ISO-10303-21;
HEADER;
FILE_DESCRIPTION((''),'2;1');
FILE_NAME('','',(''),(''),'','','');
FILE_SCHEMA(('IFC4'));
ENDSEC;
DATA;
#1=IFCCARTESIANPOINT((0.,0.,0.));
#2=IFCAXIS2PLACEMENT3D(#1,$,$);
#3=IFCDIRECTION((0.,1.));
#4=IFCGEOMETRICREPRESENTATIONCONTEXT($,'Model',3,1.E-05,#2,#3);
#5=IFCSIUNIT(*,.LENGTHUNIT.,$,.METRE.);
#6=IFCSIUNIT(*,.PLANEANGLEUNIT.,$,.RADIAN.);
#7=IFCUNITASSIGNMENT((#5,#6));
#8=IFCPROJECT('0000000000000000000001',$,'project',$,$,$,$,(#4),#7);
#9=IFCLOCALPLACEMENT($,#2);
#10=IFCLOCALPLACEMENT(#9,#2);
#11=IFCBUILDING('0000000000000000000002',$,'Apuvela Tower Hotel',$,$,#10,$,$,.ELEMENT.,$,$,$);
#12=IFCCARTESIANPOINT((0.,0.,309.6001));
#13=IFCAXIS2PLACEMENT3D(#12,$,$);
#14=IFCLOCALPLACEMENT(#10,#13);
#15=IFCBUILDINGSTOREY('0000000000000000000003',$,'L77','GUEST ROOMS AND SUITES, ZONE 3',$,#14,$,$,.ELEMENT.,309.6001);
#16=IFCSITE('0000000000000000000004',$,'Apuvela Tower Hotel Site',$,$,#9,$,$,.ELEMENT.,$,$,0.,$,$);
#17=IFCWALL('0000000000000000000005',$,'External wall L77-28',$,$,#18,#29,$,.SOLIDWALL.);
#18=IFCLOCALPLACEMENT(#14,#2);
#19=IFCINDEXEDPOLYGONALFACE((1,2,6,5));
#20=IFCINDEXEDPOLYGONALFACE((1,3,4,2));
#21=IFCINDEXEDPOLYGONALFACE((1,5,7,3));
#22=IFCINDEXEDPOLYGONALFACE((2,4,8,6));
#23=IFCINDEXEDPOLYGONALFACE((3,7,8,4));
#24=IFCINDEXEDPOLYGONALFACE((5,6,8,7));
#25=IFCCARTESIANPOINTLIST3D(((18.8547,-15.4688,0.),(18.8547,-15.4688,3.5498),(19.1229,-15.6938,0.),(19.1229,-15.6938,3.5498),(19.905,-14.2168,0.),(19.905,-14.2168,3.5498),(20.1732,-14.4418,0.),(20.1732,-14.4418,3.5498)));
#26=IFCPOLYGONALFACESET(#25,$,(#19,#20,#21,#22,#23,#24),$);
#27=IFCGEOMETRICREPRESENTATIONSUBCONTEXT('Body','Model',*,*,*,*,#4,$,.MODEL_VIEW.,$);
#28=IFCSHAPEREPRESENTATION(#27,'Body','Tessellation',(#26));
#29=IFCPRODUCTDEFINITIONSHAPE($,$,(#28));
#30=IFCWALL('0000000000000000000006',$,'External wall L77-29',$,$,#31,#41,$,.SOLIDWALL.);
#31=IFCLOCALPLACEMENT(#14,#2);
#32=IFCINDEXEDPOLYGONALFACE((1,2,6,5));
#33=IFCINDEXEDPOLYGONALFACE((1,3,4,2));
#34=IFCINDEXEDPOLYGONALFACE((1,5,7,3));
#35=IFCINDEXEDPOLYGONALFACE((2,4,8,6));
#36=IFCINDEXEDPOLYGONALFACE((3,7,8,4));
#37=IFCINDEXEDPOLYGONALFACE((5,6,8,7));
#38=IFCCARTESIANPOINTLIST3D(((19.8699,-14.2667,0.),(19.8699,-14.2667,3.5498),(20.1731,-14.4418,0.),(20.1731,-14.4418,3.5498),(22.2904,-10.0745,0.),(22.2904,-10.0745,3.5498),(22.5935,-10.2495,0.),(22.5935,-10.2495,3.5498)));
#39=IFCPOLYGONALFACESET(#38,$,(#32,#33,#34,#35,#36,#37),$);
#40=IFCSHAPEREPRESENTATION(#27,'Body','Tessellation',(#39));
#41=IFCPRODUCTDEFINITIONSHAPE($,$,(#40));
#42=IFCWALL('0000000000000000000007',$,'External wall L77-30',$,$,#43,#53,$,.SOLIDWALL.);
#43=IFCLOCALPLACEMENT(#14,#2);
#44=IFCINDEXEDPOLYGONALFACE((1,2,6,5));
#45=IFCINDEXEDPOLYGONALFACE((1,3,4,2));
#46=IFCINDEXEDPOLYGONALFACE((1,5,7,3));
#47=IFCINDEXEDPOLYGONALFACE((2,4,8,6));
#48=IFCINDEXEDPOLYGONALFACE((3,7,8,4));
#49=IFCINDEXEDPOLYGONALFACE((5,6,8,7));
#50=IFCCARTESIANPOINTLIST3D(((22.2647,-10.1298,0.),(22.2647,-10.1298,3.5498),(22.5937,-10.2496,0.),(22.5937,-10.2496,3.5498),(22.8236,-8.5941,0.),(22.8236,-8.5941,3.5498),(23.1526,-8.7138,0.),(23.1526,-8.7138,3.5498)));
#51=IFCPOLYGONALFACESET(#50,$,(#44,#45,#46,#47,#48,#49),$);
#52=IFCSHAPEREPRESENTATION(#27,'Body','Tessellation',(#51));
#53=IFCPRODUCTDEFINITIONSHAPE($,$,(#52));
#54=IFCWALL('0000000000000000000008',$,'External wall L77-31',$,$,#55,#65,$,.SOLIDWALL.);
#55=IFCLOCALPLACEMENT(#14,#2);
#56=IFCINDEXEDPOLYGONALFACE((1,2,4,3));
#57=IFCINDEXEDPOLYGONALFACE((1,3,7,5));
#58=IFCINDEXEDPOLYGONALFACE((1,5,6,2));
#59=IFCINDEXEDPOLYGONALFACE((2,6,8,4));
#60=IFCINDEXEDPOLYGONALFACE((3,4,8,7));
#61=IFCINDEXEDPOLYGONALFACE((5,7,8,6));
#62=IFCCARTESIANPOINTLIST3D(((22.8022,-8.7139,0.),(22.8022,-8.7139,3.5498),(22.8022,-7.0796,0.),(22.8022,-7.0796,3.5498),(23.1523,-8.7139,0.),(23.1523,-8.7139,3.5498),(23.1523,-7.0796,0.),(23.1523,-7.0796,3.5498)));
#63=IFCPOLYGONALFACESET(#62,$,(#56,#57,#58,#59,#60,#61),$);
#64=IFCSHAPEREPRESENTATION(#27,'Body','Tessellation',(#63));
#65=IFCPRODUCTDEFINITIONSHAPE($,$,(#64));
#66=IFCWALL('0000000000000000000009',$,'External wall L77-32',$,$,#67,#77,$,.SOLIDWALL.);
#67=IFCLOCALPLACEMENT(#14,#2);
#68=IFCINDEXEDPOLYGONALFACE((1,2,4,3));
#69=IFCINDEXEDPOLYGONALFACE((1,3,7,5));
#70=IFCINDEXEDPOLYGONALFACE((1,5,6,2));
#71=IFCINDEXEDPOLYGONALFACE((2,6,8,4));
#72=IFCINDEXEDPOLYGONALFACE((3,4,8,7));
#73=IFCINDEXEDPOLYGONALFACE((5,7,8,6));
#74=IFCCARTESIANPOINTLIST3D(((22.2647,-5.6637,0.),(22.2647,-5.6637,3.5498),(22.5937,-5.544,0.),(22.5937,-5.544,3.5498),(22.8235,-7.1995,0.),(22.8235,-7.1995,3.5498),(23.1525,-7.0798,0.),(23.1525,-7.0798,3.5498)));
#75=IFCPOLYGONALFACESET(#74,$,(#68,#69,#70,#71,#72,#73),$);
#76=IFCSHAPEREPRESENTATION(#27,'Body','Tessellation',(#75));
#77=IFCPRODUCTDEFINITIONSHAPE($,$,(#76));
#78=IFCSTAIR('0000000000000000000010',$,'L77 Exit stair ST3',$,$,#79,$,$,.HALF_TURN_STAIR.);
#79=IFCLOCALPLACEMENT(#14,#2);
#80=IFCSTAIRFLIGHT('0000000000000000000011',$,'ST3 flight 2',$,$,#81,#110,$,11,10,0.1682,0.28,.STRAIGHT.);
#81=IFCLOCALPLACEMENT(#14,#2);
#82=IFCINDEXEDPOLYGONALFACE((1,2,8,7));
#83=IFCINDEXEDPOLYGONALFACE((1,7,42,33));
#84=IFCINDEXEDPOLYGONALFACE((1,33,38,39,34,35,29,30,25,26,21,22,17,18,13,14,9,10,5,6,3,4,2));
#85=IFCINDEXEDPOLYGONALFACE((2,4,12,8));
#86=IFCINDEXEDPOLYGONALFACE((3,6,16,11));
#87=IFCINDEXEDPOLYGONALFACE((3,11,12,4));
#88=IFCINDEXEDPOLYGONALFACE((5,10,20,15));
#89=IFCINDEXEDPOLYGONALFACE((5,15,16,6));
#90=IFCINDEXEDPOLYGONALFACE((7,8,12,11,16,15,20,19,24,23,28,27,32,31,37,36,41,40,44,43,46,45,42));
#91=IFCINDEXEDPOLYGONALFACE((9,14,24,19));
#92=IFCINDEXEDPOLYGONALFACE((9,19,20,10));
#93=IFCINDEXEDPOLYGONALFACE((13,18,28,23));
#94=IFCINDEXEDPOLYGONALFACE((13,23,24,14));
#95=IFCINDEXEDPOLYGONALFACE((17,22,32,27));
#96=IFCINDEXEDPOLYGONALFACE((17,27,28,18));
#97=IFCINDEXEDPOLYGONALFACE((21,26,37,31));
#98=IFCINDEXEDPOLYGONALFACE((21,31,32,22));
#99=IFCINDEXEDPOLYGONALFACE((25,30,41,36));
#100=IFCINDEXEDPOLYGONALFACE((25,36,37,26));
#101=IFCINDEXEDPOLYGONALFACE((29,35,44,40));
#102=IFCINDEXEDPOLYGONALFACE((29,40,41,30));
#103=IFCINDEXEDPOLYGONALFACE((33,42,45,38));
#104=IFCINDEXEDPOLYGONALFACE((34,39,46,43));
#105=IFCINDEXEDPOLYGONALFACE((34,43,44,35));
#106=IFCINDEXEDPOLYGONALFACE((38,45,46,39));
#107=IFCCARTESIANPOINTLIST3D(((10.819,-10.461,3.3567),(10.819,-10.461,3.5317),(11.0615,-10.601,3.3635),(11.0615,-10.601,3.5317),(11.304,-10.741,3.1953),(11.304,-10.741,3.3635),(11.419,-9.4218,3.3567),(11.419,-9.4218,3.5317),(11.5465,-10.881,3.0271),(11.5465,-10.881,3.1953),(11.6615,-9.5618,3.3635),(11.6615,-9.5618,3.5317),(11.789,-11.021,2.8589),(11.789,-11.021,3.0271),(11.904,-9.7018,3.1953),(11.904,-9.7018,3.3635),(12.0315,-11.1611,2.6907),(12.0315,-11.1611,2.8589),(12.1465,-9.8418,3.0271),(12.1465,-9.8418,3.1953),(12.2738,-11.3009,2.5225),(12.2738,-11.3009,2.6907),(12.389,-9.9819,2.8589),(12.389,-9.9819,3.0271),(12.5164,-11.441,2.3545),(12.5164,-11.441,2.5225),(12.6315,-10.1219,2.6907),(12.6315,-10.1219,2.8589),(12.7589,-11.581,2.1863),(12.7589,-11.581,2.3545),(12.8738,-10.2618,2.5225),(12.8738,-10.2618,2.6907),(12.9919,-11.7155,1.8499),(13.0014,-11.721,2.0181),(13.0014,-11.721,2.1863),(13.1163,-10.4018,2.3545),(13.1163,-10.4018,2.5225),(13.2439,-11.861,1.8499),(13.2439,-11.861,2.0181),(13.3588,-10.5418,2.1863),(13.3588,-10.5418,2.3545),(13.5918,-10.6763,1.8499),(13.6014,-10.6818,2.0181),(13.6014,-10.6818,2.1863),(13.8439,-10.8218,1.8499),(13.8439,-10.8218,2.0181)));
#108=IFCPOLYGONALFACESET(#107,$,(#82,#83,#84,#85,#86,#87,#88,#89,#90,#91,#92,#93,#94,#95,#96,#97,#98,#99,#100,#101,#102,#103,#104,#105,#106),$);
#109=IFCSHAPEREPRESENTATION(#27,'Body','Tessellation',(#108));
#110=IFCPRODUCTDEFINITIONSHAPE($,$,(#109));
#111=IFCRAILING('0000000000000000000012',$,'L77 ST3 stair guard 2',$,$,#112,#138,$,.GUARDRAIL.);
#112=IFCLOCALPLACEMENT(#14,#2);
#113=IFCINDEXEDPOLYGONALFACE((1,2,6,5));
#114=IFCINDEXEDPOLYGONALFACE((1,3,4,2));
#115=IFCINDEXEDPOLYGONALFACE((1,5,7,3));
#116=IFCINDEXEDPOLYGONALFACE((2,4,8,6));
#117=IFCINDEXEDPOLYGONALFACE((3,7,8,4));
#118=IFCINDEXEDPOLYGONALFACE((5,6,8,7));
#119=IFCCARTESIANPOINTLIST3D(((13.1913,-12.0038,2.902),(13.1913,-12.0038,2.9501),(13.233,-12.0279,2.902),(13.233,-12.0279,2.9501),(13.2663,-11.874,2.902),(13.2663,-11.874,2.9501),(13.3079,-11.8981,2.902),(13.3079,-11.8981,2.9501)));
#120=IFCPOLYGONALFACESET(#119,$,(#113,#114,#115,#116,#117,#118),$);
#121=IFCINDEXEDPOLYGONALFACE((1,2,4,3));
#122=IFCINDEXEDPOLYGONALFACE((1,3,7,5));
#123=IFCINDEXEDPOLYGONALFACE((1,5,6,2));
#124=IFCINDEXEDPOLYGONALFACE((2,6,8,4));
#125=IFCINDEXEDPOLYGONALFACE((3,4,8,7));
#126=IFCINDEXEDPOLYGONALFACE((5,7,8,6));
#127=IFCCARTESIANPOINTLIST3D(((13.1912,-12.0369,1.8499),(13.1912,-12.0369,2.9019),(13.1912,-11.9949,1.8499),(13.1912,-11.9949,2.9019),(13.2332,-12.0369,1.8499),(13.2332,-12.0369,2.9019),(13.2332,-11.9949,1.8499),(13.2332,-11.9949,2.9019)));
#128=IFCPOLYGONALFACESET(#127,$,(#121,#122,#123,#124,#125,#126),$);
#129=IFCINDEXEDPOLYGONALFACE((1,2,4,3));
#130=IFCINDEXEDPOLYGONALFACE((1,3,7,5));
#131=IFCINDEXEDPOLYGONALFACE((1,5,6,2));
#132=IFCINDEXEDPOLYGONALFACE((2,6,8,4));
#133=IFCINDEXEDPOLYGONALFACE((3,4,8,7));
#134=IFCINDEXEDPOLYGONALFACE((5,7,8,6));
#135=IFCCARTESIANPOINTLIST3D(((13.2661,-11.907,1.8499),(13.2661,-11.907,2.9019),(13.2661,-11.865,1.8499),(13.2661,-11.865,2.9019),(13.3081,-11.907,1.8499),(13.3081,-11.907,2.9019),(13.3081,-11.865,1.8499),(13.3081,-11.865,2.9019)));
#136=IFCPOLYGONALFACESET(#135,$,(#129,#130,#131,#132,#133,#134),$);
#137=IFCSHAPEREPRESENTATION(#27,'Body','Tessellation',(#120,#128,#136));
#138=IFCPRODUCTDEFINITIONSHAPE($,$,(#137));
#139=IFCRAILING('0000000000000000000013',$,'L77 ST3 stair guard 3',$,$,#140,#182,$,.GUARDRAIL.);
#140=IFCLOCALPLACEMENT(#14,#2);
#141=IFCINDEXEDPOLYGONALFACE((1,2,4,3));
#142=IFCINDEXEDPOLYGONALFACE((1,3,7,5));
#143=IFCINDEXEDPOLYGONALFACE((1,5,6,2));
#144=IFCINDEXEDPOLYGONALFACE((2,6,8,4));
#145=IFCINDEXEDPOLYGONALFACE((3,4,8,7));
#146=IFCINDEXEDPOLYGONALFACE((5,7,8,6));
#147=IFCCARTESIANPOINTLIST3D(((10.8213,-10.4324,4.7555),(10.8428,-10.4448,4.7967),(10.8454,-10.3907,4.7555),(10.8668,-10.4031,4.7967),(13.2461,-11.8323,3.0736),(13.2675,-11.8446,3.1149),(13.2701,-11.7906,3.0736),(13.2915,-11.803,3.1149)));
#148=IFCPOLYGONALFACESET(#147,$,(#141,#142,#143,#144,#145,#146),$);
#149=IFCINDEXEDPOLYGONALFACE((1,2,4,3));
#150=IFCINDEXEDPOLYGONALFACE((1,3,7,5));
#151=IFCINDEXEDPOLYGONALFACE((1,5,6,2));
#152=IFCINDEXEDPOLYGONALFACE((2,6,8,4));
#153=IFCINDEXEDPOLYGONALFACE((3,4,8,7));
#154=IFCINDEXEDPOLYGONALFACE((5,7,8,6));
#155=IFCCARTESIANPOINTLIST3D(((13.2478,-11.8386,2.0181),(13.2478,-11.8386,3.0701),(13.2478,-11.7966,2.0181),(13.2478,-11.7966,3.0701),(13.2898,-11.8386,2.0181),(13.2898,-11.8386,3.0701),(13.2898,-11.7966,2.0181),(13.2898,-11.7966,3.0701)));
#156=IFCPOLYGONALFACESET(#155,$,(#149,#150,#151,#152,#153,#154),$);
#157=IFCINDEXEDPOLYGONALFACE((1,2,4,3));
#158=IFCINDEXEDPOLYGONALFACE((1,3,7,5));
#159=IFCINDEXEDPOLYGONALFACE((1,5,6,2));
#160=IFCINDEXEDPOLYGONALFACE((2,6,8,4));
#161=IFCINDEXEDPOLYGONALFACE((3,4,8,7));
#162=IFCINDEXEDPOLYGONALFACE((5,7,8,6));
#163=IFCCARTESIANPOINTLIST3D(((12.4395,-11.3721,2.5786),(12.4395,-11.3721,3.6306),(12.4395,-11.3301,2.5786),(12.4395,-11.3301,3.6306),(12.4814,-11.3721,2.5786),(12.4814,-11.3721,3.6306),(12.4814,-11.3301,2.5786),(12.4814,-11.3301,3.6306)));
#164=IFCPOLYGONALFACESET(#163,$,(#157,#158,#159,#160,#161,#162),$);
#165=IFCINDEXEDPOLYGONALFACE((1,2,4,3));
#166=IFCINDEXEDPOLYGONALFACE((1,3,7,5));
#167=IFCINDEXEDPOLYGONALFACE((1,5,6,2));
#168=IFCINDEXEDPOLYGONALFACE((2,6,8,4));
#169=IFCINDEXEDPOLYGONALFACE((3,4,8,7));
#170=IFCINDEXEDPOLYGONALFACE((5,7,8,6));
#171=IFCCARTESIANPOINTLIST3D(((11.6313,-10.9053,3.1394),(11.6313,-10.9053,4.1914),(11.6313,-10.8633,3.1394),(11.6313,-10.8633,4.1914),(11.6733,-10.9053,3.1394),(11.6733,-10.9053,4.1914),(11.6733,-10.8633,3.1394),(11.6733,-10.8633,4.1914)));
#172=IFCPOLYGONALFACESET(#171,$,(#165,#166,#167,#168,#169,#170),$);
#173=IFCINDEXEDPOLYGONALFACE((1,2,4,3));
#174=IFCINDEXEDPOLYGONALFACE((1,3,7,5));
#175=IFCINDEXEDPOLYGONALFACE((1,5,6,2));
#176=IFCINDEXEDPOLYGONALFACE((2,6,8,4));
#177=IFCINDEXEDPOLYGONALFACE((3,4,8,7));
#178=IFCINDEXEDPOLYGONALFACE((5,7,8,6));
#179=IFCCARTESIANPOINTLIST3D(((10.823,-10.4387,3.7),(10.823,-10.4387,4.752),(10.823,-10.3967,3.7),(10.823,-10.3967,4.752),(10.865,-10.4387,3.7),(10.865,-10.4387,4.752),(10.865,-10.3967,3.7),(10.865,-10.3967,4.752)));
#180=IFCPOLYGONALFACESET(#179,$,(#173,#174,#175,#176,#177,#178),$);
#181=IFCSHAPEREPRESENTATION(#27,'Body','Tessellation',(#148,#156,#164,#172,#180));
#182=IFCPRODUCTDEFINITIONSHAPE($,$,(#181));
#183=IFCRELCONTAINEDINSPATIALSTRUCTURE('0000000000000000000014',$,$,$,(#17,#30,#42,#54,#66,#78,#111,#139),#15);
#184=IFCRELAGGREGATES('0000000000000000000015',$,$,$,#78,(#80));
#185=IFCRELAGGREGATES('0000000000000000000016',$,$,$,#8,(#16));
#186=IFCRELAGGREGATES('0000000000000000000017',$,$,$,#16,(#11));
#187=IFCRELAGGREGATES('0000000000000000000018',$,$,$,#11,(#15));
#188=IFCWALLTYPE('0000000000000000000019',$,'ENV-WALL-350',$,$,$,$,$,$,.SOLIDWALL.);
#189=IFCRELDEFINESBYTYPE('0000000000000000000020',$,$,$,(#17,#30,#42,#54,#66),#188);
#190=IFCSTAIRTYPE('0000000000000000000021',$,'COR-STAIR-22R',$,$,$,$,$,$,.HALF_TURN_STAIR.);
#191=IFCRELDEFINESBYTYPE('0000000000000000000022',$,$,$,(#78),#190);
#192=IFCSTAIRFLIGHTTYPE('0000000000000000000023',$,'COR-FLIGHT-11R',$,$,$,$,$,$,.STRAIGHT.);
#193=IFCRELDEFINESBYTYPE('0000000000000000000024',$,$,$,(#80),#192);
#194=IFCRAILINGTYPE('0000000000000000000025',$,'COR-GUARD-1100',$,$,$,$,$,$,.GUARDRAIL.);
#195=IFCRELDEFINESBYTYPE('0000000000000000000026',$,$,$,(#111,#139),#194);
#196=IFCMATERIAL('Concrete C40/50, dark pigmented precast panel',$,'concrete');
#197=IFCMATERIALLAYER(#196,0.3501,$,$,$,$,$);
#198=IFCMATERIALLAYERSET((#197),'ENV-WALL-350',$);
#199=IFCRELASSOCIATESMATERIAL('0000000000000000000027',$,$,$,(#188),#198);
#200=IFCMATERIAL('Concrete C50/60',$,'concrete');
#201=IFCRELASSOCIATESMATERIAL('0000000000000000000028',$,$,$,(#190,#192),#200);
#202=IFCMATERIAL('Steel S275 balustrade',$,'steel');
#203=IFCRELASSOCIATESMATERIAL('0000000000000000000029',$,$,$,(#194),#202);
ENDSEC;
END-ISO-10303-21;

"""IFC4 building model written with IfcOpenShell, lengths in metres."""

from ifc_helpers import new_model, si_unit, direction, frame, frame_2d, origin, origin_2d, place, context, subcontext, project, spatial, polyline, rectangle, outline, extrude, material, layer, layer_set, type_object, element, aggregate, save


model = new_model("IFC4")

# Units and contexts
model_context = context("Model", 3, precision=1e-05, world=origin(), true_north=direction((0.0, 1.0)))
body_context = subcontext(model_context, "Body", "Model", "MODEL_VIEW")
ifc_project = project(units=[si_unit("LENGTHUNIT", "METRE"), si_unit("PLANEANGLEUNIT", "RADIAN")], contexts=[model_context])

# Site, building, storey
site_placement = place(None, origin())
site = spatial("IfcSite", under=ifc_project, at=site_placement, Name="Apuvela Tower Hotel Site", CompositionType="ELEMENT", RefElevation=0.0)
building_placement = place(site_placement, origin())
building = spatial("IfcBuilding", under=site, at=building_placement, Name="Apuvela Tower Hotel", CompositionType="ELEMENT")
storey_placement = place(building_placement, frame((0.0, 0.0, 309.6001)))
storey = spatial("IfcBuildingStorey", under=building, at=storey_placement, Name="L77", Description="GUEST ROOMS AND SUITES, ZONE 3", CompositionType="ELEMENT", Elevation=309.6001)

# Shared definitions
ifc_material_1 = material(Name="Concrete C50/60", Category="concrete")

# Walls
ifc_material_2 = material(Name="Concrete C40/50, dark pigmented precast panel", Category="concrete")
ifc_layer_1 = layer(ifc_material_2, 0.3501)
ifc_layer_set_1 = layer_set([ifc_layer_1], Name="ENV-WALL-350")
wall_type_1 = type_object("IfcWallType", Name="ENV-WALL-350", PredefinedType="SOLIDWALL", material=ifc_layer_set_1)
wall_1_placement = place(storey_placement, frame((18.9888, -15.5813, 0.0), z_axis=(0.0, 0.0, 1.0), x_axis=(0.642708, 0.766111, 0.0)))
element("IfcWall", 1, at=wall_1_placement, inside=storey, type_object=wall_type_1, Name="External wall L77-28", PredefinedType="SOLIDWALL", context=body_context, shape_type="SweptSolid", body=[
    extrude(rectangle(XDim=1.6343, YDim=0.3501, at=frame_2d((0.8171, 0.0))), origin(), (0.0, 0.0, 1.0), 3.5498),
])
wall_2_placement = place(storey_placement, frame((20.0215, -14.3542, 0.0), z_axis=(0.0, 0.0, 1.0), x_axis=(0.500012, 0.866018, 0.0)))
element("IfcWall", 2, at=wall_2_placement, inside=storey, type_object=wall_type_1, Name="External wall L77-29", PredefinedType="SOLIDWALL", context=body_context, shape_type="SweptSolid", body=[
    extrude(rectangle(XDim=4.8408, YDim=0.3501, at=frame_2d((2.4204, 0.0))), origin(), (0.0, 0.0, 1.0), 3.5498),
])
for number, where, z_axis, x_axis, name in (
    (3, (22.4292, -10.1897, 0.0), (0.0, 0.0, 1.0), (0.341971, 0.939711, 0.0), "External wall L77-30"),
    (4, (22.9773, -8.7139, 0.0), (0.0, 0.0, 1.0), (0.0, 1.0, 0.0), "External wall L77-31"),
    (5, (22.988, -7.1396, 0.0), (0.0, 0.0, 1.0), (-0.341923, 0.939728, 0.0), "External wall L77-32"),
):
    element("IfcWall", number, at=place(storey_placement, frame(where, z_axis=z_axis, x_axis=x_axis)), inside=storey, type_object=wall_type_1, Name=name, PredefinedType="SOLIDWALL", context=body_context, shape_type="SweptSolid", body=[
        extrude(rectangle(XDim=1.6343, YDim=0.3501, at=frame_2d((0.8171, 0.0))), origin(), (0.0, 0.0, 1.0), 3.5498),
    ])

# Stair, stair flight
stair_type = type_object("IfcStairType", Name="COR-STAIR-22R", PredefinedType="HALF_TURN_STAIR", material=ifc_material_1)
stair_placement = place(storey_placement, origin())
stair = element("IfcStair", 6, at=stair_placement, inside=storey, type_object=stair_type, Name="L77 Exit stair ST3", PredefinedType="HALF_TURN_STAIR")
stair_flight_type = type_object("IfcStairFlightType", Name="COR-FLIGHT-11R", PredefinedType="STRAIGHT", material=ifc_material_1)
stair_flight_placement = place(storey_placement, frame((13.5439, -11.3413, 1.8499), z_axis=(0.0, 0.0, 1.0), x_axis=(-0.866025, 0.5, 0.0)))
stair_flight = element("IfcStairFlight", 7, at=stair_flight_placement, type_object=stair_flight_type, Name="ST3 flight 2", NumberOfRisers=11, NumberOfTreads=10, PredefinedType="STRAIGHT", RiserHeight=0.1682, TreadLength=0.28, context=body_context, shape_type="SweptSolid", body=[
    extrude(outline(polyline([(0.0, 0.0), (0.0, 0.1682), (0.28, 0.1682), (0.28, 0.3364), (0.5601, 0.3364), (0.5601, 0.5046), (0.8401, 0.5046), (0.8401, 0.6726), (1.1201, 0.6726), (1.1201, 0.8408), (1.3999, 0.8408), (1.3999, 1.009), (1.6799, 1.009), (1.6799, 1.1772), (1.96, 1.1772), (1.96, 1.3455), (2.24, 1.3455), (2.24, 1.5137), (2.52, 1.5137), (2.52, 1.6819), (2.8, 1.6819), (2.8, 1.8501), (2.8, 1.5068), (0.291, 0.0), (0.0, 0.0)])), frame((0.0, 0.6001, 0.0), z_axis=(0.0, -1.0, 0.0), x_axis=(1.0, 0.0, 0.0)), (0.0, 0.0, 1.0), 1.2),
])
aggregate(stair, [stair_flight])

# Railings
ifc_material_3 = material(Name="Steel S275 balustrade", Category="steel")
railing_type_1 = type_object("IfcRailingType", Name="COR-GUARD-1100", PredefinedType="GUARDRAIL", material=ifc_material_3)
railing_1_placement = place(storey_placement, frame((13.2122, -12.0159, 1.8499)))
element("IfcRailing", 8, at=railing_1_placement, inside=storey, type_object=railing_type_1, Name="L77 ST3 stair guard 2", PredefinedType="GUARDRAIL", context=body_context, shape_type="SweptSolid", body=[
    extrude(rectangle(XDim=0.0481, YDim=0.0481, at=origin_2d()), frame((0.0, 0.0, 1.0762), z_axis=(0.499816, 0.866131, 0.0), x_axis=(-0.866131, 0.499816, 0.0)), (0.0, 0.0, 1.0), 0.1499),
    extrude(rectangle(XDim=0.042, YDim=0.042, at=origin_2d()), origin(), (0.0, 0.0, 1.0), 1.052),
    extrude(rectangle(XDim=0.042, YDim=0.042, at=origin_2d()), frame((0.075, 0.1299, 0.0)), (0.0, 0.0, 1.0), 1.052),
])
railing_2_placement = place(storey_placement, frame((13.2688, -11.8176, 2.0181)))
element("IfcRailing", 9, at=railing_2_placement, inside=storey, type_object=railing_type_1, Name="L77 ST3 stair guard 3", PredefinedType="GUARDRAIL", context=body_context, shape_type="SweptSolid", body=[
    extrude(rectangle(XDim=0.0481, YDim=0.0481, at=origin_2d()), frame((0.0, 0.0, 1.0762), z_axis=(-0.74239, 0.428601, 0.514934), x_axis=(-0.499984, -0.866035, 0.0)), (0.0, 0.0, 1.0), 3.2661),
    extrude(rectangle(XDim=0.042, YDim=0.042, at=origin_2d()), origin(), (0.0, 0.0, 1.0), 1.052),
    extrude(rectangle(XDim=0.042, YDim=0.042, at=origin_2d()), frame((-0.8083, 0.4666, 0.5605)), (0.0, 0.0, 1.0), 1.052),
    extrude(rectangle(XDim=0.042, YDim=0.042, at=origin_2d()), frame((-1.6165, 0.9333, 1.1213)), (0.0, 0.0, 1.0), 1.052),
    extrude(rectangle(XDim=0.042, YDim=0.042, at=origin_2d()), frame((-2.4248, 1.3999, 1.6819)), (0.0, 0.0, 1.0), 1.052),
])

save(model, "model.ifc")
